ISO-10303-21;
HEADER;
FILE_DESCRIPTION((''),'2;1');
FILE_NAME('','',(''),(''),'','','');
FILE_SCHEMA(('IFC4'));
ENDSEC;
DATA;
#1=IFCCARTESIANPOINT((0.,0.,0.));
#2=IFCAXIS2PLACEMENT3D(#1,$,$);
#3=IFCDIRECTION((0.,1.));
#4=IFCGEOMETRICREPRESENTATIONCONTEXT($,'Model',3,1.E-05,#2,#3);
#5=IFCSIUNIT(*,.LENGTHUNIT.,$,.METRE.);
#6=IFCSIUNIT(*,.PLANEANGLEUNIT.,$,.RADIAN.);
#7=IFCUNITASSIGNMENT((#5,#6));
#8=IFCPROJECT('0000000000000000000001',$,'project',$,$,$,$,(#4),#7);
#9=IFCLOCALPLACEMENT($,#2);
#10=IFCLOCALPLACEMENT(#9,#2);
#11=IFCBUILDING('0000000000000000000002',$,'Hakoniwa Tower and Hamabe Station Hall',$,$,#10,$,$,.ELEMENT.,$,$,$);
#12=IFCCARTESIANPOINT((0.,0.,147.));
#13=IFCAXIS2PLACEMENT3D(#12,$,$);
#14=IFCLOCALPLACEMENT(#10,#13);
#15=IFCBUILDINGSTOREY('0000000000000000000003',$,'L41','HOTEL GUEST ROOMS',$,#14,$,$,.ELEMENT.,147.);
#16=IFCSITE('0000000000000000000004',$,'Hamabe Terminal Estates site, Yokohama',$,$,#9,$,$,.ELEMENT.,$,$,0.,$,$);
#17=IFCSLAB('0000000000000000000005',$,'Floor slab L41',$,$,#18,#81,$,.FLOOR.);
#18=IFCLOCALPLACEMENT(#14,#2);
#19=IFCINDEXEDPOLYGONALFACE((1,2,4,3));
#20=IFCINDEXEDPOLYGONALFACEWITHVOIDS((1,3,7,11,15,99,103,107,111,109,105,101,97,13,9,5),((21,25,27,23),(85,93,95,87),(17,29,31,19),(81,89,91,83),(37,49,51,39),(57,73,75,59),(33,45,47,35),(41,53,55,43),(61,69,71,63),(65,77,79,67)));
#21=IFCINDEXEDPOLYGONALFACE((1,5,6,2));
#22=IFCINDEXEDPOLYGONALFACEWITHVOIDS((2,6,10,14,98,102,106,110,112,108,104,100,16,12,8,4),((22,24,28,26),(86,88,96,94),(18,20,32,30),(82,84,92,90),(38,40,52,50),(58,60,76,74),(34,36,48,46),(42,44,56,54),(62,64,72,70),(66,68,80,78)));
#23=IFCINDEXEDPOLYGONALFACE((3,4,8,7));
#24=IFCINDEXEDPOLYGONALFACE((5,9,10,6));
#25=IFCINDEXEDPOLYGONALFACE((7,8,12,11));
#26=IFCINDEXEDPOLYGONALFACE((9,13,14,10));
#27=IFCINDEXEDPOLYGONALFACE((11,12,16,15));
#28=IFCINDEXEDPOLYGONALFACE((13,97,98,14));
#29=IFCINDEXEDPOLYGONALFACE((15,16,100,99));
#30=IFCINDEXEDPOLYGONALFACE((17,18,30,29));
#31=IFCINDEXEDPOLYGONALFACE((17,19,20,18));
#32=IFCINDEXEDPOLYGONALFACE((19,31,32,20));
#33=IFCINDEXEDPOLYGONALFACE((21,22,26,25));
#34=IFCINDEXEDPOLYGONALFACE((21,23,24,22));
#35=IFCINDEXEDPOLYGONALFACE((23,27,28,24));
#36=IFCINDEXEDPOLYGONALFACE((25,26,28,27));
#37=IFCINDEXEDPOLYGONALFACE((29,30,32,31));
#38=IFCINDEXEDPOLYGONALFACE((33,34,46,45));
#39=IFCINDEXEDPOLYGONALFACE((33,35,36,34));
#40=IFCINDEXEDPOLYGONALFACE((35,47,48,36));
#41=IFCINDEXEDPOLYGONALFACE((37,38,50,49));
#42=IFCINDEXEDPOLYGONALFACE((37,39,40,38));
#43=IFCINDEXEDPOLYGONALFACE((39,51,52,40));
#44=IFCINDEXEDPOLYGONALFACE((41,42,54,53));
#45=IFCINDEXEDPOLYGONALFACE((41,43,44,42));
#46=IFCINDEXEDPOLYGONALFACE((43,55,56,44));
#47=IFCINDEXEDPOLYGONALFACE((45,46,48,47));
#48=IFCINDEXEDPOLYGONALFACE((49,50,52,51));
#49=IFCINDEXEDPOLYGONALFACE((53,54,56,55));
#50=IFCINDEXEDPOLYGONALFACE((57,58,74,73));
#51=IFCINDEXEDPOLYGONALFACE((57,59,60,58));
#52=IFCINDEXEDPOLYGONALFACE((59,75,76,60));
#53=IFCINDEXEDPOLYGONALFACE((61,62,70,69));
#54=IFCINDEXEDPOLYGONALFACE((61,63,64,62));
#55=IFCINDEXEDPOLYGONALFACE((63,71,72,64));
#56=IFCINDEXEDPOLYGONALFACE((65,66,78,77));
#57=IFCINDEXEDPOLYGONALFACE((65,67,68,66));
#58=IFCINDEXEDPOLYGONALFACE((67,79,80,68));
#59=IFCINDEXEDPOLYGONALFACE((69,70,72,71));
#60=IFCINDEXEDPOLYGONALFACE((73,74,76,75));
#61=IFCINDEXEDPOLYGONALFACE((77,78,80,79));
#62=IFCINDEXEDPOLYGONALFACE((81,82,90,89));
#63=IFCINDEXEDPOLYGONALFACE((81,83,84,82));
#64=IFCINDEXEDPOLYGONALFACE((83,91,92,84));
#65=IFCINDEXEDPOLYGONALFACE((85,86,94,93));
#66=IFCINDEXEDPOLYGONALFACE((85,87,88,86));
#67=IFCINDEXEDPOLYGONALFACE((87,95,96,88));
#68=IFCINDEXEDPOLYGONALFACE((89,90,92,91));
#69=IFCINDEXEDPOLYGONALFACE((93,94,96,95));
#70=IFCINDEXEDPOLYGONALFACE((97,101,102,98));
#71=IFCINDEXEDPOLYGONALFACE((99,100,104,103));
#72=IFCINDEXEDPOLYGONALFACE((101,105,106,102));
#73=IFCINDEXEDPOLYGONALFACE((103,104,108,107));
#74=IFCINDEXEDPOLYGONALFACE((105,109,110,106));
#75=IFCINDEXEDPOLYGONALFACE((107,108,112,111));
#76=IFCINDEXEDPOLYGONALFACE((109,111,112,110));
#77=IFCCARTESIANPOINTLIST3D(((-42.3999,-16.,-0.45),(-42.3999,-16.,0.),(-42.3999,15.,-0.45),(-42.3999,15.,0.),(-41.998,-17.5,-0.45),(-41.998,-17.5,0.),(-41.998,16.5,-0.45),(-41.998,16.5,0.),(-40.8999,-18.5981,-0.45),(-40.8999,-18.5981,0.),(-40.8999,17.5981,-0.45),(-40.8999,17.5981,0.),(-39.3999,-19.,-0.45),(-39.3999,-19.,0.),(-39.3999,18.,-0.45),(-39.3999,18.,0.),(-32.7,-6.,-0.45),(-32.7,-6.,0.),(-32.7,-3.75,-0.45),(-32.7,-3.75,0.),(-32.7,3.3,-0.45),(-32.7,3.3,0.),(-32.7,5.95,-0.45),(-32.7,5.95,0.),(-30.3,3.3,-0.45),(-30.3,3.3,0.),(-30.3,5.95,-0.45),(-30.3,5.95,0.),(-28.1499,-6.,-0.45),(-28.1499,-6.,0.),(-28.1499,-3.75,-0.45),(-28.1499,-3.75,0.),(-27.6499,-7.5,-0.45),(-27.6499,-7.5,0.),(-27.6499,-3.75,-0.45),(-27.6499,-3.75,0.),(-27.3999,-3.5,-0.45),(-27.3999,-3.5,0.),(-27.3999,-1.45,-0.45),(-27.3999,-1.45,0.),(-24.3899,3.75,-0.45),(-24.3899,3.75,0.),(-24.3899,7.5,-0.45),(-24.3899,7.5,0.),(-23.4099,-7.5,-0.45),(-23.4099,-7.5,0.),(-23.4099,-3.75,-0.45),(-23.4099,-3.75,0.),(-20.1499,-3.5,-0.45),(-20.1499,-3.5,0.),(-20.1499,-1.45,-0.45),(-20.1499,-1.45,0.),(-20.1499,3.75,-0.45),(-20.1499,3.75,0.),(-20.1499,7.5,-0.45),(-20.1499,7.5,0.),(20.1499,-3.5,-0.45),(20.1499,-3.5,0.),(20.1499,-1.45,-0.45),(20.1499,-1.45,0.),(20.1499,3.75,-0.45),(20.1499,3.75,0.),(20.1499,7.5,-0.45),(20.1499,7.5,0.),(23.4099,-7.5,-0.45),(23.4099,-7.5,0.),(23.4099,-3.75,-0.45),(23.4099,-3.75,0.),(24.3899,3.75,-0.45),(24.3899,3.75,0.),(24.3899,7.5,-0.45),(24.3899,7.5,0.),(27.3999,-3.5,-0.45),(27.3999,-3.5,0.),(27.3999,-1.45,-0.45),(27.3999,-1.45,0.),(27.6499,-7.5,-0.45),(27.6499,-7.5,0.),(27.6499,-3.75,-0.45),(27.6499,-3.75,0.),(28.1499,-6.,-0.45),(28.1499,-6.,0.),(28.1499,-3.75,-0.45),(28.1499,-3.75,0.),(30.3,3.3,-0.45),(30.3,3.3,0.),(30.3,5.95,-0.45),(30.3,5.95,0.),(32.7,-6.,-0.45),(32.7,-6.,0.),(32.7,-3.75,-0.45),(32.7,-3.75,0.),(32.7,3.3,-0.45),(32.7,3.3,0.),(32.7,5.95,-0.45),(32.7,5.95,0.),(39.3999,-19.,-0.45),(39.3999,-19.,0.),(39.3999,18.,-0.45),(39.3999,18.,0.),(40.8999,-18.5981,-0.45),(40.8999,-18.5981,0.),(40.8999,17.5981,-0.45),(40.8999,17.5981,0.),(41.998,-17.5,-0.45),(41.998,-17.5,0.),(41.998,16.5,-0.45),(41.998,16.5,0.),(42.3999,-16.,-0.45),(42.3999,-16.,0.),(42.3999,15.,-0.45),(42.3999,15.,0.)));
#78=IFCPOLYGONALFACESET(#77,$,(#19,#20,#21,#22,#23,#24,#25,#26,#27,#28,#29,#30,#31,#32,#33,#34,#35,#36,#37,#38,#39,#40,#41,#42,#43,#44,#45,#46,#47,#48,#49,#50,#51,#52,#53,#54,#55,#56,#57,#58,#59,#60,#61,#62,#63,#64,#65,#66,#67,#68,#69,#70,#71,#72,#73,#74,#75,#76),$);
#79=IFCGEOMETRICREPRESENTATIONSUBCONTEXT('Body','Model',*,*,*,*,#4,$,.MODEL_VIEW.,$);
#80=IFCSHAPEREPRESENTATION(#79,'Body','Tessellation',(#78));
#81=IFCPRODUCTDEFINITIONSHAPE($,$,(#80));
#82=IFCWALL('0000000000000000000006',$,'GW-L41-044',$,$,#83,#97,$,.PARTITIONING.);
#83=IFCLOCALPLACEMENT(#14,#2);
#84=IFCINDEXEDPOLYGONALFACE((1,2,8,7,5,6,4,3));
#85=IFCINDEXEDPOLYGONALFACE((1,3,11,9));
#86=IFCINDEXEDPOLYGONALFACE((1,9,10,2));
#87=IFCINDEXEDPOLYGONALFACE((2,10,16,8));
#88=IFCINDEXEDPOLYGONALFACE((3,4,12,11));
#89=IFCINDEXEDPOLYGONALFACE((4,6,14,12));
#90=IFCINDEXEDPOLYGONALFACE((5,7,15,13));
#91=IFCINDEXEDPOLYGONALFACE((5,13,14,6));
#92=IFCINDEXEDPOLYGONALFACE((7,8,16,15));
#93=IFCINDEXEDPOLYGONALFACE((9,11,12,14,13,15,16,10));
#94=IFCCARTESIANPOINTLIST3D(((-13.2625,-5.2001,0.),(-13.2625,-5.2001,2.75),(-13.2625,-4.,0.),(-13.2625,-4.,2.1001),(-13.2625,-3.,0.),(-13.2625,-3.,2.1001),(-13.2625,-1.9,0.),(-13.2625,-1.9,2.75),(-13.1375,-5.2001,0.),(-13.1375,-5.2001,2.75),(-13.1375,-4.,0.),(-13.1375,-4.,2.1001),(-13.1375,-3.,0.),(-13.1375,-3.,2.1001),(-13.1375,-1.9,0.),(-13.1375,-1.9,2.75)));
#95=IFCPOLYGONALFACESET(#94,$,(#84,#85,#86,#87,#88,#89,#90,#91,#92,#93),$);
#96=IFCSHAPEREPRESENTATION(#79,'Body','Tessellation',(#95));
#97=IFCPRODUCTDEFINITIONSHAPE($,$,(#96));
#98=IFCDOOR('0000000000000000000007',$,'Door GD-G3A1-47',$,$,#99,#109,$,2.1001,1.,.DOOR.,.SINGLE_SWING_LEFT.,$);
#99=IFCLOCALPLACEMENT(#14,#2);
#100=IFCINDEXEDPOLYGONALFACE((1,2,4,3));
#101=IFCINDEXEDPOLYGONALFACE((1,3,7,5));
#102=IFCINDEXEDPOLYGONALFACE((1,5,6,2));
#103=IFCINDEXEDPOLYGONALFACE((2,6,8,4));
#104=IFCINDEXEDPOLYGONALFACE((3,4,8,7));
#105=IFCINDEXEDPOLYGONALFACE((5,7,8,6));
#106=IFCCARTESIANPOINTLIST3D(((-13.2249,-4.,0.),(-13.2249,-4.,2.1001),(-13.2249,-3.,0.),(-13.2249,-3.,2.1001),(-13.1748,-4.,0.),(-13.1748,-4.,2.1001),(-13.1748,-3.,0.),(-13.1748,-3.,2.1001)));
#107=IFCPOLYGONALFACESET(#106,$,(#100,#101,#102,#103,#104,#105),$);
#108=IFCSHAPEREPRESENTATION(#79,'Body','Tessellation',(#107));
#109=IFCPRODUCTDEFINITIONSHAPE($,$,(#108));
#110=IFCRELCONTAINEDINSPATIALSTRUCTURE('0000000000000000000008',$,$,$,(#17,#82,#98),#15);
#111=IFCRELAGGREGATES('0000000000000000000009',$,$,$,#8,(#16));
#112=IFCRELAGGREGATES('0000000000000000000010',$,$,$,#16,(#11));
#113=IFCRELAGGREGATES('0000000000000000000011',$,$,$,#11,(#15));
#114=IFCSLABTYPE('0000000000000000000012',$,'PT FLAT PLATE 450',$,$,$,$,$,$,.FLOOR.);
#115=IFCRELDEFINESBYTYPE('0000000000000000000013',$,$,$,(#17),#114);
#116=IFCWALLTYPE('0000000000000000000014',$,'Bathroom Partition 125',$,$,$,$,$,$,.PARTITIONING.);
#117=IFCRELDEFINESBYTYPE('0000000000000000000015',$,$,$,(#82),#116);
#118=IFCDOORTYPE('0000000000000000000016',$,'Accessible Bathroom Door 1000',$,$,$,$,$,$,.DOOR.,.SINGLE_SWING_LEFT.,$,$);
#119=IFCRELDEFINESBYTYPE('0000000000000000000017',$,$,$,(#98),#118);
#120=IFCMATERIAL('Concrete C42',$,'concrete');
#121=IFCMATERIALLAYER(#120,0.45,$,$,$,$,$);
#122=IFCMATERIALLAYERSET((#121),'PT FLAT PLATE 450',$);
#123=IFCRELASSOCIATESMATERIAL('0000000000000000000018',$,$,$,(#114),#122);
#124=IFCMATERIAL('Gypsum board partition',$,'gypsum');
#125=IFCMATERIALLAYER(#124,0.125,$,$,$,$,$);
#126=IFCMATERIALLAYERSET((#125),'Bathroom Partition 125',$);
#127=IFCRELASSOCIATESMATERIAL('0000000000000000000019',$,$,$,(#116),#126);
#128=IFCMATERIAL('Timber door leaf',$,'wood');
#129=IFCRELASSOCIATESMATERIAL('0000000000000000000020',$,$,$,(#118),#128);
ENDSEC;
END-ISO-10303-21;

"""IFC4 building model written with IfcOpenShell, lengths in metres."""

from ifc_helpers import new_model, si_unit, direction, frame, frame_2d, origin, place, context, subcontext, project, spatial, polyline, rectangle, outline, extrude, material, layer, layer_set, type_object, element, fill, save


model = new_model("IFC4")

# Units and contexts
model_context = context("Model", 3, precision=1e-05, world=origin(), true_north=direction((0.0, 1.0)))
body_context = subcontext(model_context, "Body", "Model", "MODEL_VIEW")
ifc_project = project(units=[si_unit("LENGTHUNIT", "METRE"), si_unit("PLANEANGLEUNIT", "RADIAN")], contexts=[model_context])

# Site, building, storey
site_placement = place(None, origin())
site = spatial("IfcSite", under=ifc_project, at=site_placement, Name="Hamabe Terminal Estates site, Yokohama", CompositionType="ELEMENT", RefElevation=0.0)
building_placement = place(site_placement, origin())
building = spatial("IfcBuilding", under=site, at=building_placement, Name="Hakoniwa Tower and Hamabe Station Hall", CompositionType="ELEMENT")
storey_placement = place(building_placement, frame((0.0, 0.0, 147.0)))
storey = spatial("IfcBuildingStorey", under=building, at=storey_placement, Name="L41", Description="HOTEL GUEST ROOMS", CompositionType="ELEMENT", Elevation=147.0)

# Slab
ifc_material_1 = material(Name="Concrete C42", Category="concrete")
ifc_layer_1 = layer(ifc_material_1, 0.45)
ifc_layer_set_1 = layer_set([ifc_layer_1], Name="PT FLAT PLATE 450")
slab_type = type_object("IfcSlabType", Name="PT FLAT PLATE 450", PredefinedType="FLOOR", material=ifc_layer_set_1)
slab_placement = place(storey_placement, frame((0.0, 0.0, -0.45)))
element("IfcSlab", 1, at=slab_placement, inside=storey, type_object=slab_type, Name="Floor slab L41", PredefinedType="FLOOR", context=body_context, shape_type="SweptSolid", body=[
    extrude(outline(polyline([(42.3999, -16.0), (42.3999, 15.0), (41.998, 16.5), (40.8999, 17.5981), (39.3999, 18.0), (-39.3999, 18.0), (-40.8999, 17.5981), (-41.998, 16.5), (-42.3999, 15.0), (-42.3999, -16.0), (-41.998, -17.5), (-40.8999, -18.5981), (-39.3999, -19.0), (39.3999, -19.0), (40.8999, -18.5981), (41.998, -17.5), (42.3999, -16.0)]), holes=[polyline([(-27.3999, -3.5), (-27.3999, -1.45), (-20.1499, -1.45), (-20.1499, -3.5), (-27.3999, -3.5)]), polyline([(-32.7, 3.3), (-32.7, 5.95), (-30.3, 5.95), (-30.3, 3.3), (-32.7, 3.3)]), polyline([(-32.7, -6.0), (-32.7, -3.75), (-28.1499, -3.75), (-28.1499, -6.0), (-32.7, -6.0)]), polyline([(-24.3899, 3.75), (-24.3899, 7.5), (-20.1499, 7.5), (-20.1499, 3.75), (-24.3899, 3.75)]), polyline([(-27.6499, -7.5), (-27.6499, -3.75), (-23.4099, -3.75), (-23.4099, -7.5), (-27.6499, -7.5)]), polyline([(20.1499, -3.5), (20.1499, -1.45), (27.3999, -1.45), (27.3999, -3.5), (20.1499, -3.5)]), polyline([(30.3, 3.3), (30.3, 5.95), (32.7, 5.95), (32.7, 3.3), (30.3, 3.3)]), polyline([(28.1499, -6.0), (28.1499, -3.75), (32.7, -3.75), (32.7, -6.0), (28.1499, -6.0)]), polyline([(20.1499, 3.75), (20.1499, 7.5), (24.3899, 7.5), (24.3899, 3.75), (20.1499, 3.75)]), polyline([(23.4099, -7.5), (23.4099, -3.75), (27.6499, -3.75), (27.6499, -7.5), (23.4099, -7.5)])]), origin(), (0.0, 0.0, 1.0), 0.45),
])

# Wall, opening, door
ifc_material_2 = material(Name="Gypsum board partition", Category="gypsum")
ifc_layer_2 = layer(ifc_material_2, 0.125)
ifc_layer_set_2 = layer_set([ifc_layer_2], Name="Bathroom Partition 125")
wall_type_1 = type_object("IfcWallType", Name="Bathroom Partition 125", PredefinedType="PARTITIONING", material=ifc_layer_set_2)
wall_1_placement = place(storey_placement, frame((-13.2, -5.2, 0.0), z_axis=(0.0, 0.0, 1.0), x_axis=(0.0, 1.0, 0.0)))
wall_1 = element("IfcWall", 2, at=wall_1_placement, inside=storey, type_object=wall_type_1, Name="GW-L41-044", PredefinedType="PARTITIONING", context=body_context, shape_type="SweptSolid", body=[
    extrude(rectangle(XDim=3.3, YDim=0.125, at=frame_2d((1.6499, 0.0))), origin(), (0.0, 0.0, 1.0), 2.75),
])
opening_1_placement = place(wall_1_placement, frame((1.2, 0.0, 0.0)))
opening_1 = element("IfcOpeningElement", 3, at=opening_1_placement, cuts=wall_1, PredefinedType="OPENING", context=body_context, shape_type="SweptSolid", body=[
    extrude(rectangle(XDim=1.0, YDim=2.1001, at=frame_2d((0.5, 1.05))), frame((0.0, 0.0725, 0.0), z_axis=(0.0, -1.0, 0.0), x_axis=(1.0, 0.0, 0.0)), (0.0, 0.0, 1.0), 0.145),
])
ifc_material_3 = material(Name="Timber door leaf", Category="wood")
door_type_1 = type_object("IfcDoorType", Name="Accessible Bathroom Door 1000", OperationType="SINGLE_SWING_LEFT", PredefinedType="DOOR", material=ifc_material_3)
door_1_placement = place(opening_1_placement, origin())
door_1 = element("IfcDoor", 4, at=door_1_placement, inside=storey, type_object=door_type_1, Name="Door GD-G3A1-47", OperationType="SINGLE_SWING_LEFT", OverallHeight=2.1001, OverallWidth=1.0, PredefinedType="DOOR", context=body_context, shape_type="SweptSolid", body=[
    extrude(rectangle(XDim=1.0, YDim=2.1001, at=frame_2d((0.5, 1.05))), frame((0.0, 0.0249, 0.0), z_axis=(0.0, -1.0, 0.0), x_axis=(1.0, 0.0, 0.0)), (0.0, 0.0, 1.0), 0.05),
])
fill(opening_1, door_1)

save(model, "model.ifc")
